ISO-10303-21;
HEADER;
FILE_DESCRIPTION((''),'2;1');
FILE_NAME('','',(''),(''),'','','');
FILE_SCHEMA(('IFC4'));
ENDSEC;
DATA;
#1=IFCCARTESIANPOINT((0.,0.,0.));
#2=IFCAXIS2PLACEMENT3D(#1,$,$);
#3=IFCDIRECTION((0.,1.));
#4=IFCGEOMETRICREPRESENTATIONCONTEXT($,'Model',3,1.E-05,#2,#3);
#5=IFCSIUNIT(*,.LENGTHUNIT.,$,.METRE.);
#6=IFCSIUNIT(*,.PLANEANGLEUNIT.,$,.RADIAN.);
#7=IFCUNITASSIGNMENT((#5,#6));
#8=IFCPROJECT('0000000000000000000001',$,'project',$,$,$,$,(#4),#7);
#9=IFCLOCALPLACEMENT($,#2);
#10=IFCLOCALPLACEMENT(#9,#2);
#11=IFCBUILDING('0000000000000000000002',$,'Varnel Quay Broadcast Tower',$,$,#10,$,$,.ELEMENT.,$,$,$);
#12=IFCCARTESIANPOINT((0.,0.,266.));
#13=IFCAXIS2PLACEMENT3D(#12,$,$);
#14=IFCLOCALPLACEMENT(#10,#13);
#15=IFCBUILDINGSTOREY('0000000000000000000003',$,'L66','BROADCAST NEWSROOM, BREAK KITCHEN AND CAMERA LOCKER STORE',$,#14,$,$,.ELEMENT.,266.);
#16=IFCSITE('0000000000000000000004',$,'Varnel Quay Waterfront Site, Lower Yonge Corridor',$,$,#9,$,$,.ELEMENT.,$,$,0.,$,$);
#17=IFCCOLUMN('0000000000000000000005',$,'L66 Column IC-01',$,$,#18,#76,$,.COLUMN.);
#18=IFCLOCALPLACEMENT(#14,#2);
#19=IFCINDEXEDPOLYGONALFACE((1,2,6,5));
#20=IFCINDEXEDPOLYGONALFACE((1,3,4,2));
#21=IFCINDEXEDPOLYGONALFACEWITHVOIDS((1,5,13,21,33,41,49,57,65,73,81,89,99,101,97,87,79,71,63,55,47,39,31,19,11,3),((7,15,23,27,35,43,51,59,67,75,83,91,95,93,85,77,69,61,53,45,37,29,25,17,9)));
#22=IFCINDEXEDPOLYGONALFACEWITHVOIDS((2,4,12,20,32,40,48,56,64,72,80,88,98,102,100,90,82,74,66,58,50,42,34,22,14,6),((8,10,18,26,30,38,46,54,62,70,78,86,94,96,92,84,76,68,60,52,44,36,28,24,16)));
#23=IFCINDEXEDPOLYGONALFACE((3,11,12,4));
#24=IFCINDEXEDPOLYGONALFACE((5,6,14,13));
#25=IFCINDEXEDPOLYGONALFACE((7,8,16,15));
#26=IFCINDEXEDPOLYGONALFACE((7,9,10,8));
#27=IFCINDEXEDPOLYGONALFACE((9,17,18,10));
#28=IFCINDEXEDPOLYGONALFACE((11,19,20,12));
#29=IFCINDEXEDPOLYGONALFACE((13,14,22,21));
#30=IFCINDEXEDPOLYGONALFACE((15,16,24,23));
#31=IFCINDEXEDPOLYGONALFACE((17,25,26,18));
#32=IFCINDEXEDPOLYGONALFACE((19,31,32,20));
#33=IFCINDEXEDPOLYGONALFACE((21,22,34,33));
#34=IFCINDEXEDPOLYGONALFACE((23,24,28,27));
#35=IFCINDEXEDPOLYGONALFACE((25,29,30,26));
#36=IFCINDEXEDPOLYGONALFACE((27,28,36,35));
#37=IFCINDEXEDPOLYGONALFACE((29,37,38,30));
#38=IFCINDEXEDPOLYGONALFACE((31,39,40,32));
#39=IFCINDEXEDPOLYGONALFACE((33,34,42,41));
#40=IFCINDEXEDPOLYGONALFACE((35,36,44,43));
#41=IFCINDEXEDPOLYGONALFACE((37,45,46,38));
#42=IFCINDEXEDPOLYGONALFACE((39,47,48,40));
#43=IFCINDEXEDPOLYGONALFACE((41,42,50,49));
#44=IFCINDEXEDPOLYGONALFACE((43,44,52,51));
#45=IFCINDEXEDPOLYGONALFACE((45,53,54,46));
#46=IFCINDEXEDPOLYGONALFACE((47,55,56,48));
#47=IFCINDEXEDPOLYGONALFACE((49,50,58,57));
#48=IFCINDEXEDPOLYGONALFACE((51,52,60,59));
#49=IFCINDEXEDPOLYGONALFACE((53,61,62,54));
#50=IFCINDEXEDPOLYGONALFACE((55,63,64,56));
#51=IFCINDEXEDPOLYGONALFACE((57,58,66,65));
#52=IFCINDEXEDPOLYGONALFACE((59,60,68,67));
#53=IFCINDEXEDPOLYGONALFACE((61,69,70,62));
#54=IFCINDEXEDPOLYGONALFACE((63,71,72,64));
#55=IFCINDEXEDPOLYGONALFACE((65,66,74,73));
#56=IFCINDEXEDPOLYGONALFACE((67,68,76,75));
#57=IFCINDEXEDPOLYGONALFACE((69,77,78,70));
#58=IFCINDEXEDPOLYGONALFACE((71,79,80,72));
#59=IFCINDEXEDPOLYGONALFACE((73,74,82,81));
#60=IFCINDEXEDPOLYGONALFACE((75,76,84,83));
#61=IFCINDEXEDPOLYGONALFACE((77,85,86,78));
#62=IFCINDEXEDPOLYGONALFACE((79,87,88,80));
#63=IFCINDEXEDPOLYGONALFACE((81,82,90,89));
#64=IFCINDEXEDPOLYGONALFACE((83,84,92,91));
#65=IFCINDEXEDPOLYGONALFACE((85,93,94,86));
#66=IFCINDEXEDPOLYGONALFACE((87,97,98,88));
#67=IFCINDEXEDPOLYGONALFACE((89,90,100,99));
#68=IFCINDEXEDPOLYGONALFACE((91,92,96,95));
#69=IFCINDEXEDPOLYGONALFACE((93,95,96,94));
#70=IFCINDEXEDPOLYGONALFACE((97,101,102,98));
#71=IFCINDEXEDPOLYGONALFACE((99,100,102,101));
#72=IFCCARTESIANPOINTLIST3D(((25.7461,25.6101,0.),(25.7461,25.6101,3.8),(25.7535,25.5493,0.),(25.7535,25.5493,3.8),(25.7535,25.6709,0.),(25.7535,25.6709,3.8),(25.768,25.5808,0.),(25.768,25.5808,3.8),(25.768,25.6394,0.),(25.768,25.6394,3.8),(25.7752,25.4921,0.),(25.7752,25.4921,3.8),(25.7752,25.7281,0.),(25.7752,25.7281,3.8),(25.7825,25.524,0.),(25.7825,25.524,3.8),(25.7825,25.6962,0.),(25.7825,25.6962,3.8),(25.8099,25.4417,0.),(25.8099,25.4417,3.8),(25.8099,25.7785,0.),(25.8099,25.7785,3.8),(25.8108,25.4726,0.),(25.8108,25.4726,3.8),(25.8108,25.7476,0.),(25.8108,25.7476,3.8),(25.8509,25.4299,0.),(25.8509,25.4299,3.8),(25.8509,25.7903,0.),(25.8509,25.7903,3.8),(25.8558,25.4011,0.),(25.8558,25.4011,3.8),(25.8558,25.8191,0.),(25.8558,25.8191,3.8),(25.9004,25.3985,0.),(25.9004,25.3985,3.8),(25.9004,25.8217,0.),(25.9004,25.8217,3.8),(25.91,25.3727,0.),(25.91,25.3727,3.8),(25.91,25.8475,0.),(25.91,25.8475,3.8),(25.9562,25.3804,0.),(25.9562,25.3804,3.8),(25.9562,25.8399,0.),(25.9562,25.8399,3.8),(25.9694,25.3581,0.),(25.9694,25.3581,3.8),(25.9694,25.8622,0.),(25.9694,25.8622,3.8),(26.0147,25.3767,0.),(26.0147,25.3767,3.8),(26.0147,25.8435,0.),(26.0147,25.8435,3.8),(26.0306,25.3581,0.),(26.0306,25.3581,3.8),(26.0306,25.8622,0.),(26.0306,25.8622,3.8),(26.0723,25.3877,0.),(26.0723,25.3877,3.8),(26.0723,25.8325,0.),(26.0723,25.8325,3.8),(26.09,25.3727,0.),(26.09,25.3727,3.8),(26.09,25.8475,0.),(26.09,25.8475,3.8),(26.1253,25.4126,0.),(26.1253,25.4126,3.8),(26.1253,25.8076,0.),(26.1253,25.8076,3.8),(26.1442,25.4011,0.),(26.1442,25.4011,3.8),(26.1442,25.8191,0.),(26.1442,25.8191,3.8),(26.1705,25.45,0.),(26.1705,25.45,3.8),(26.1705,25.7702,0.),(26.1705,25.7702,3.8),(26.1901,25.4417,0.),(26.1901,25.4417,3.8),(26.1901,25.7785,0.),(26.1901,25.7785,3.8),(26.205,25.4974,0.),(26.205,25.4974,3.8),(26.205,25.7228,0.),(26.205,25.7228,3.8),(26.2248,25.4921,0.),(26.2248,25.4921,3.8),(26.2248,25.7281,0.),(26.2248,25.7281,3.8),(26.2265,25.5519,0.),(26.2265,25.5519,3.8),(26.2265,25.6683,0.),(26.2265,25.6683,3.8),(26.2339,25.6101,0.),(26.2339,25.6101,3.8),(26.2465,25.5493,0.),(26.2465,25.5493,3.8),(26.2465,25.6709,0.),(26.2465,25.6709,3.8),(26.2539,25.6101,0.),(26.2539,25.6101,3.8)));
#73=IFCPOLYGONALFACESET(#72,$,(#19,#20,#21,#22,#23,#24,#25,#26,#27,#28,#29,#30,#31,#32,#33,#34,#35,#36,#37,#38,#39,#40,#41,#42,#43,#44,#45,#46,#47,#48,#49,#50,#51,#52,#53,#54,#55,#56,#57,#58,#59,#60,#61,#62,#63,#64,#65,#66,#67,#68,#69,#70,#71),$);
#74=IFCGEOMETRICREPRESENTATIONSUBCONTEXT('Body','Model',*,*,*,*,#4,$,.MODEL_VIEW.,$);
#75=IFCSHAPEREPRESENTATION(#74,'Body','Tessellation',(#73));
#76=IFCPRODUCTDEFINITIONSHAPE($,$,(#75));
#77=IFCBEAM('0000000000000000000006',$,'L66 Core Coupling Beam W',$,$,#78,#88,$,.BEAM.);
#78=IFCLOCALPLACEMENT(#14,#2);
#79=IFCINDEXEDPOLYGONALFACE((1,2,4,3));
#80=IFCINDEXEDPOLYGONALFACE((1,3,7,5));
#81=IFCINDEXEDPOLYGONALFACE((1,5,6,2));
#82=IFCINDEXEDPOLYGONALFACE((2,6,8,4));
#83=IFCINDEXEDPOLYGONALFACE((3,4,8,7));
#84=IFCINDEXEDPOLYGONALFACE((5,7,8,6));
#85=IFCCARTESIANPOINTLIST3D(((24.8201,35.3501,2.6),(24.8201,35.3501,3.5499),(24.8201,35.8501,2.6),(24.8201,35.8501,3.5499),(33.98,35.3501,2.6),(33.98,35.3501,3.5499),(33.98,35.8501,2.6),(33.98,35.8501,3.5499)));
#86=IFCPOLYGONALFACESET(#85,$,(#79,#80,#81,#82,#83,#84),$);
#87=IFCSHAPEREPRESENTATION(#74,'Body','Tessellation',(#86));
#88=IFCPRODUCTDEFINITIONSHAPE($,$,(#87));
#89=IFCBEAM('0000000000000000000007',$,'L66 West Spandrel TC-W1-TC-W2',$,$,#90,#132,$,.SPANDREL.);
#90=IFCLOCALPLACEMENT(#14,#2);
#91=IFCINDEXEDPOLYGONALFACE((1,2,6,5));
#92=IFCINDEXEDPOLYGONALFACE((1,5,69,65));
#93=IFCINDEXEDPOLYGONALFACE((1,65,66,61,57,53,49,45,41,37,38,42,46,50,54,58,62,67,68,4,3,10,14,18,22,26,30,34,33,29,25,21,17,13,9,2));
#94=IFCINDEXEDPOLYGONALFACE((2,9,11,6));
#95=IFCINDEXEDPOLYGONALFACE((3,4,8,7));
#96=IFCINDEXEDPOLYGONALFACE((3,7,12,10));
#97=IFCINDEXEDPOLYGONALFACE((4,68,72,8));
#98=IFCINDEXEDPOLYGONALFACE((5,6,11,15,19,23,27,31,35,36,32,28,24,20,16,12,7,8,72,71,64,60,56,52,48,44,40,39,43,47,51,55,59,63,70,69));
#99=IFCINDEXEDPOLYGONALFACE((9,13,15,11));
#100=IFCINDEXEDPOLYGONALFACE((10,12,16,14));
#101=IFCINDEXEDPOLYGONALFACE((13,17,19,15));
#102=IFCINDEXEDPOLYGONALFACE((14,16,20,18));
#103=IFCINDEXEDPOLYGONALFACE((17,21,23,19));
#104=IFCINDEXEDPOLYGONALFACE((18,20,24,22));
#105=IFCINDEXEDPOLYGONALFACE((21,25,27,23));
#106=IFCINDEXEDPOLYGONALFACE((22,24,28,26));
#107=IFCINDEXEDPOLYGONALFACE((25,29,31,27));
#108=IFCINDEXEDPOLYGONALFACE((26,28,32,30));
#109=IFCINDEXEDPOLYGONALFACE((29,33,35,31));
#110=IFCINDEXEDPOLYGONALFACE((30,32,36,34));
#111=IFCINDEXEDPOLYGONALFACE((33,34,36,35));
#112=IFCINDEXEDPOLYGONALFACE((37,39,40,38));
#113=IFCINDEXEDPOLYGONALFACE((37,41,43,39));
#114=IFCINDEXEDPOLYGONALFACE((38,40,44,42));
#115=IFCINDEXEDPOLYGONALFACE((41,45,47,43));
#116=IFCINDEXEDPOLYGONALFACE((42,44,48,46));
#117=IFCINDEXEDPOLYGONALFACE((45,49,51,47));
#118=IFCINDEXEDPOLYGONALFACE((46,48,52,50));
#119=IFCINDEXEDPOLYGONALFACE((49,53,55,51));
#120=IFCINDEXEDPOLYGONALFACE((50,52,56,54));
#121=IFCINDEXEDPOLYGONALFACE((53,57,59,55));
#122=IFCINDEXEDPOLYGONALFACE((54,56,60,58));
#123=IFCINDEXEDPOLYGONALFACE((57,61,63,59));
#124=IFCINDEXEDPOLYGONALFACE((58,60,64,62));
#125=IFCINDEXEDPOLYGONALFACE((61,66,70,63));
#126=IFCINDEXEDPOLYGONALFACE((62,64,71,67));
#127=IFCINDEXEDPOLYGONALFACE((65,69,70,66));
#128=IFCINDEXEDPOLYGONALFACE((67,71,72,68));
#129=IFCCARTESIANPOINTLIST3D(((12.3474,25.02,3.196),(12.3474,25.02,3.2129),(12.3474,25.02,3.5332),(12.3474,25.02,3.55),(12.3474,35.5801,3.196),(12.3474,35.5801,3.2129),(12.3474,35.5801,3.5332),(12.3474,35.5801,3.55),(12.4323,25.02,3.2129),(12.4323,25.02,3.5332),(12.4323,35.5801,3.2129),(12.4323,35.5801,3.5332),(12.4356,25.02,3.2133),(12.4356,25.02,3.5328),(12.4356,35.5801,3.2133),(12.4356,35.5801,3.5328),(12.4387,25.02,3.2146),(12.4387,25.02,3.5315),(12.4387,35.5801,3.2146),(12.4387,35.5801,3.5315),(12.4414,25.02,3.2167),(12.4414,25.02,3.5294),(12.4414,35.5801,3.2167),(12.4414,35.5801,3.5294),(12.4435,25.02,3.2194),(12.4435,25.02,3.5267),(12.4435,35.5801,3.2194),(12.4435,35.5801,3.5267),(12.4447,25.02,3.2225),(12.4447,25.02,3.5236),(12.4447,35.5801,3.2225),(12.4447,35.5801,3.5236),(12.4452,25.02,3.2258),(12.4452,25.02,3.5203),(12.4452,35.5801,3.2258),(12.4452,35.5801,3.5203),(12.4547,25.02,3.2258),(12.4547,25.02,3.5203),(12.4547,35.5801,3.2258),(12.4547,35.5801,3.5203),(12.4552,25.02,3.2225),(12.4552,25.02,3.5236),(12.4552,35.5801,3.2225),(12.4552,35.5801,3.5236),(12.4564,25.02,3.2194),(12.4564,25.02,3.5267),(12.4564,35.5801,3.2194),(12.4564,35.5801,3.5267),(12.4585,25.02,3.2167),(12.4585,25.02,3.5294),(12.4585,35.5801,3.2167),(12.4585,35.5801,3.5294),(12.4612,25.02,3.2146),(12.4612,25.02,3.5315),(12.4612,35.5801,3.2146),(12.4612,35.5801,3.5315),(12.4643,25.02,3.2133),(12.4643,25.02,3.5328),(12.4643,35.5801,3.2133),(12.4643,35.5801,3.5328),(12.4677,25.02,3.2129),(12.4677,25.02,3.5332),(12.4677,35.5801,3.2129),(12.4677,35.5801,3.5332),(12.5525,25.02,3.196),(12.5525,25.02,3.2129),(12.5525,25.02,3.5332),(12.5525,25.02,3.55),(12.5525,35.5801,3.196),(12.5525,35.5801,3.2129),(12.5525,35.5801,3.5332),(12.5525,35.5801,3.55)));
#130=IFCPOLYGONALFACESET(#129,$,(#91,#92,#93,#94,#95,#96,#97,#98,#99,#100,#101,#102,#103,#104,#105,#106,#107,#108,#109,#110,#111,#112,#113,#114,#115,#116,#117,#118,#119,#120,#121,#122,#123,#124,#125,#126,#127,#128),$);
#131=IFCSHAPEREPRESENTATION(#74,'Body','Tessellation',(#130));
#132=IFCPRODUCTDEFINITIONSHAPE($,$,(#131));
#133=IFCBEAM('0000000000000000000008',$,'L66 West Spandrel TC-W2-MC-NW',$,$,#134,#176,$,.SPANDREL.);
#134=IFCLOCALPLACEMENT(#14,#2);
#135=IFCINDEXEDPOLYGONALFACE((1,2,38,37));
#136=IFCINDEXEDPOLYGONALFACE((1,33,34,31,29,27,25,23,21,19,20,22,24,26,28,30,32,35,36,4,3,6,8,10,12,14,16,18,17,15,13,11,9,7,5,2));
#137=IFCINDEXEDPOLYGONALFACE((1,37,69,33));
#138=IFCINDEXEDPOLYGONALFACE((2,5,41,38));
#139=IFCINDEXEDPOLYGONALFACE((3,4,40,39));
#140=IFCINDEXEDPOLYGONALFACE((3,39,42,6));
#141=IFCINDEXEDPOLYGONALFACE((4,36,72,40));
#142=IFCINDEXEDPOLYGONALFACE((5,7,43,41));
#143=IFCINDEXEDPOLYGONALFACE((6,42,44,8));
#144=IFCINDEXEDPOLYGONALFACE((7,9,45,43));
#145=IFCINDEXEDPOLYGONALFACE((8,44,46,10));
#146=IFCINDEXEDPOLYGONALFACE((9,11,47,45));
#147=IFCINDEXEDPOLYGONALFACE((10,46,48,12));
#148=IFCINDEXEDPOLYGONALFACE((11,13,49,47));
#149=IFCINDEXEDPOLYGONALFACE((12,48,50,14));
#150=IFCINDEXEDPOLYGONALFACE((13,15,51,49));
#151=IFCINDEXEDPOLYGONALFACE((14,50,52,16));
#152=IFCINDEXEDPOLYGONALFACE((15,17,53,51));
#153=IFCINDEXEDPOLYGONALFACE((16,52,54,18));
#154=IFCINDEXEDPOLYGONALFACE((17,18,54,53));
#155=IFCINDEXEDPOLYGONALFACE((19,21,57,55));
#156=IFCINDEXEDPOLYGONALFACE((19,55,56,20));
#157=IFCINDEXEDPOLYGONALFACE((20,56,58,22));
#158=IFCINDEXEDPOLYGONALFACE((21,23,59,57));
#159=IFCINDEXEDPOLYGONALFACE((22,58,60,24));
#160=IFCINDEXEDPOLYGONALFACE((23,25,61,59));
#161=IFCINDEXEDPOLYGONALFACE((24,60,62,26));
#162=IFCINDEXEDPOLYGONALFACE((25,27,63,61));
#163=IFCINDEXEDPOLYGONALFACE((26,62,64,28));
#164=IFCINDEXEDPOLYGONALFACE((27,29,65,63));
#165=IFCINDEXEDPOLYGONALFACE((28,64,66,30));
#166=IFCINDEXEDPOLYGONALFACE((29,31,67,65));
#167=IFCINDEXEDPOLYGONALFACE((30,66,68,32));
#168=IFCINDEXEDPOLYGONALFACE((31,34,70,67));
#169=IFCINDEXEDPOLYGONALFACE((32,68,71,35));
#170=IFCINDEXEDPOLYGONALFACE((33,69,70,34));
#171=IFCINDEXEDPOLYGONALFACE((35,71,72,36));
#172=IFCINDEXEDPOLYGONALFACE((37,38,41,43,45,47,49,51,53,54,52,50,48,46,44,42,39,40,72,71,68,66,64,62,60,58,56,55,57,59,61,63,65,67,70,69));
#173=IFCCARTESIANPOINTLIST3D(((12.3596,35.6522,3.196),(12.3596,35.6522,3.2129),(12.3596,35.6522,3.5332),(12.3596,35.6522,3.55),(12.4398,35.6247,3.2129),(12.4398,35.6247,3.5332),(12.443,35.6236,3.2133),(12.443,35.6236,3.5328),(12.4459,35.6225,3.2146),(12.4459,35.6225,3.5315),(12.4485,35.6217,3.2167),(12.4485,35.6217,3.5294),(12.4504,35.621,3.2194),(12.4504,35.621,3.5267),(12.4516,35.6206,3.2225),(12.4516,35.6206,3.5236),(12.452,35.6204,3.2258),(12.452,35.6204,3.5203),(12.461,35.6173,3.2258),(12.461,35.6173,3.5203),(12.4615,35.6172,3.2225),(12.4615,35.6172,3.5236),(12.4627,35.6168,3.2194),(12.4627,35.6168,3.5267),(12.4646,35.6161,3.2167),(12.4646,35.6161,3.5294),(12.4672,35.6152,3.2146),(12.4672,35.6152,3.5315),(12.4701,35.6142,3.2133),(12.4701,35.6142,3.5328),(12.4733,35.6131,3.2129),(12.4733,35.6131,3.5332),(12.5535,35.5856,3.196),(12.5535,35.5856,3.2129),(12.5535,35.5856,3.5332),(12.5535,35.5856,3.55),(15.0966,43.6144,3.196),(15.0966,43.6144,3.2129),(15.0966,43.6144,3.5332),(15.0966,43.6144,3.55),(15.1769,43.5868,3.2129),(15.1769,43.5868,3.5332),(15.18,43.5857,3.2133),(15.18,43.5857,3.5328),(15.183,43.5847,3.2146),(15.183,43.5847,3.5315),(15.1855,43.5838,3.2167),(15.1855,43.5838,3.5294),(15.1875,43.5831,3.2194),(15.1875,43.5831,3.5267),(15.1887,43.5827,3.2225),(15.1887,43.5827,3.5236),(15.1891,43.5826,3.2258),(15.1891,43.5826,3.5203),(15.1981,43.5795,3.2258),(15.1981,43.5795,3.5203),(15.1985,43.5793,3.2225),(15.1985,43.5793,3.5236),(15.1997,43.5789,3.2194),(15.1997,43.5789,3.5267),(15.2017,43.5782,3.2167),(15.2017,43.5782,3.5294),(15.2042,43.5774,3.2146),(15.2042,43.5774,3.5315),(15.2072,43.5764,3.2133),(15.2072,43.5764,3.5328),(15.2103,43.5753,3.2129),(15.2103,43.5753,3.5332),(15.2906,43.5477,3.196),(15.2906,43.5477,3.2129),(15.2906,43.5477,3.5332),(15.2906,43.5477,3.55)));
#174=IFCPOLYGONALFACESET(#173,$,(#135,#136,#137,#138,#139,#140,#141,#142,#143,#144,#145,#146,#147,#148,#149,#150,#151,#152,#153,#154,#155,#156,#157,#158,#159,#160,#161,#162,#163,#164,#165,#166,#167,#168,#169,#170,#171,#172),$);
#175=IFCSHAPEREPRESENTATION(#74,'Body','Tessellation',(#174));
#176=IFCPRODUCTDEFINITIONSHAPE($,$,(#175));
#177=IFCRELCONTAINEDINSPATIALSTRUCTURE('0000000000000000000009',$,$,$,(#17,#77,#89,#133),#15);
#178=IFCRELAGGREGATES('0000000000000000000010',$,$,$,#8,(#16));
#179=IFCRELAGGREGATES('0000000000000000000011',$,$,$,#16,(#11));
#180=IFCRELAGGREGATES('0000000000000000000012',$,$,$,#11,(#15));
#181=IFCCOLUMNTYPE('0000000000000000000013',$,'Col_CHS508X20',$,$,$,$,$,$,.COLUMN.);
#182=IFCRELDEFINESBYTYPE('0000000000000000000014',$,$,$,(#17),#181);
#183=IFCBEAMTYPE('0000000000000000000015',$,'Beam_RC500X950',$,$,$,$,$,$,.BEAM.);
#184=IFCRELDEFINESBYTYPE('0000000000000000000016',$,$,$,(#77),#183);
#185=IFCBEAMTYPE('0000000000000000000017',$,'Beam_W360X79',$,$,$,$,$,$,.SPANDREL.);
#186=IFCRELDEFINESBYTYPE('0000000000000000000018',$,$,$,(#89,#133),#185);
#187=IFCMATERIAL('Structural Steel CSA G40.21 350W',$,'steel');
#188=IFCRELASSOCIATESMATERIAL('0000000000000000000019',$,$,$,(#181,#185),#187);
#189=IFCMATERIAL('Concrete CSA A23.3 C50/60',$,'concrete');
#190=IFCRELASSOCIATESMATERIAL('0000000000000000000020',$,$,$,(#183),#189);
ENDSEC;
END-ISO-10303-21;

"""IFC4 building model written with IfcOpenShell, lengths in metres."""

from ifc_helpers import new_model, si_unit, direction, frame, origin, origin_2d, place, context, subcontext, project, spatial, rectangle, hollow_circle, i_section, extrude, source, transform, mapped, material, material_profile, profile_set, type_object, type_shapes, element, save


model = new_model("IFC4")

# Units and contexts
model_context = context("Model", 3, precision=1e-05, world=origin(), true_north=direction((0.0, 1.0)))
body_context = subcontext(model_context, "Body", "Model", "MODEL_VIEW")
ifc_project = project(units=[si_unit("LENGTHUNIT", "METRE"), si_unit("PLANEANGLEUNIT", "RADIAN")], contexts=[model_context])

# Site, building, storey
site_placement = place(None, origin())
site = spatial("IfcSite", under=ifc_project, at=site_placement, Name="Varnel Quay Waterfront Site, Lower Yonge Corridor", CompositionType="ELEMENT", RefElevation=0.0)
building_placement = place(site_placement, origin())
building = spatial("IfcBuilding", under=site, at=building_placement, Name="Varnel Quay Broadcast Tower", CompositionType="ELEMENT")
storey_placement = place(building_placement, frame((0.0, 0.0, 266.0)))
storey = spatial("IfcBuildingStorey", under=building, at=storey_placement, Name="L66", Description="BROADCAST NEWSROOM, BREAK KITCHEN AND CAMERA LOCKER STORE", CompositionType="ELEMENT", Elevation=266.0)

# Column
ifc_material_1 = material(Name="Structural Steel CSA G40.21 350W", Category="steel")
ifc_material_profile_1 = material_profile(ifc_material_1, hollow_circle(Radius=0.2539, WallThickness=0.02, at=origin_2d()), Name="CHS508X20")
ifc_profile_set_1 = profile_set([ifc_material_profile_1], Name="Structural Steel CSA G40.21 350W")
column_type_1 = type_object("IfcColumnType", Name="Col_CHS508X20", PredefinedType="COLUMN", material=ifc_profile_set_1)
shared_shape_1 = source(origin(), body_context, "Body", "SweptSolid", [
    extrude(hollow_circle(Radius=0.2539, WallThickness=0.02, at=origin_2d()), origin(), (0.0, 0.0, 1.0), 3.8),
])
type_shapes(column_type_1, [shared_shape_1])
column_placement = place(storey_placement, frame((26.0, 25.6101, 0.0), z_axis=(0.0, 0.0, 1.0), x_axis=(1.0, 0.0, 0.0)))
element("IfcColumn", 1, at=column_placement, inside=storey, type_object=column_type_1, Name="L66 Column IC-01", PredefinedType="COLUMN", context=body_context, shape_type="MappedRepresentation", body=[
    mapped(shared_shape_1, transform((0.0, 0.0, 0.0), x_axis=(1.0, 0.0, 0.0), y_axis=(0.0, 1.0, 0.0), z_axis=(0.0, 0.0, 1.0), scale=1.0)),
])

# Beams
ifc_material_2 = material(Name="Concrete CSA A23.3 C50/60", Category="concrete")
ifc_material_profile_2 = material_profile(ifc_material_2, rectangle(XDim=0.5, YDim=0.95, at=origin_2d()), Name="RC500X950")
ifc_profile_set_2 = profile_set([ifc_material_profile_2], Name="Concrete CSA A23.3 C50/60")
beam_type_1 = type_object("IfcBeamType", Name="Beam_RC500X950", PredefinedType="BEAM", material=ifc_profile_set_2)
shared_shape_2 = source(origin(), body_context, "Body", "SweptSolid", [
    extrude(rectangle(XDim=0.5, YDim=0.95, at=origin_2d()), origin(), (0.0, 0.0, 1.0), 9.1599),
])
type_shapes(beam_type_1, [shared_shape_2])
beam_1_placement = place(storey_placement, frame((24.8201, 35.6001, 3.075), z_axis=(1.0, 0.0, 0.0), x_axis=(0.0, 1.0, 0.0)))
element("IfcBeam", 2, at=beam_1_placement, inside=storey, type_object=beam_type_1, Name="L66 Core Coupling Beam W", PredefinedType="BEAM", context=body_context, shape_type="MappedRepresentation", body=[
    mapped(shared_shape_2, transform((0.0, 0.0, 0.0), x_axis=(1.0, 0.0, 0.0), y_axis=(0.0, 1.0, 0.0), z_axis=(0.0, 0.0, 1.0), scale=1.0)),
])
ifc_material_profile_3 = material_profile(ifc_material_1, i_section(OverallWidth=0.2051, OverallDepth=0.354, WebThickness=0.0095, FlangeThickness=0.0168, FilletRadius=0.0129, at=origin_2d()), Name="W360X79")
ifc_profile_set_3 = profile_set([ifc_material_profile_3], Name="Structural Steel CSA G40.21 350W")
beam_type_2 = type_object("IfcBeamType", Name="Beam_W360X79", PredefinedType="SPANDREL", material=ifc_profile_set_3)
shared_shape_3 = source(origin(), body_context, "Body", "SweptSolid", [
    extrude(i_section(OverallWidth=0.2051, OverallDepth=0.354, WebThickness=0.0095, FlangeThickness=0.0168, FilletRadius=0.0129, at=origin_2d()), origin(), (0.0, 0.0, 1.0), 10.5601),
])
beam_2_placement = place(storey_placement, frame((12.45, 25.02, 3.373), z_axis=(0.0, 1.0, 0.0), x_axis=(-1.0, 0.0, 0.0)))
element("IfcBeam", 3, at=beam_2_placement, inside=storey, type_object=beam_type_2, Name="L66 West Spandrel TC-W1-TC-W2", PredefinedType="SPANDREL", context=body_context, shape_type="MappedRepresentation", body=[
    mapped(shared_shape_3, transform((0.0, 0.0, 0.0), x_axis=(1.0, 0.0, 0.0), y_axis=(0.0, 1.0, 0.0), z_axis=(0.0, 0.0, 1.0), scale=1.0)),
])
shared_shape_4 = source(origin(), body_context, "Body", "SweptSolid", [
    extrude(i_section(OverallWidth=0.2051, OverallDepth=0.354, WebThickness=0.0095, FlangeThickness=0.0168, FilletRadius=0.0129, at=origin_2d()), origin(), (0.0, 0.0, 1.0), 8.4194),
])
type_shapes(beam_type_2, [shared_shape_3, shared_shape_4])
beam_3_placement = place(storey_placement, frame((12.4565, 35.6189, 3.373), z_axis=(0.325087, 0.945684, 0.0), x_axis=(-0.945684, 0.325087, 0.0)))
element("IfcBeam", 4, at=beam_3_placement, inside=storey, type_object=beam_type_2, Name="L66 West Spandrel TC-W2-MC-NW", PredefinedType="SPANDREL", context=body_context, shape_type="MappedRepresentation", body=[
    mapped(shared_shape_4, transform((0.0, 0.0, 0.0), x_axis=(1.0, 0.0, 0.0), y_axis=(0.0, 1.0, 0.0), z_axis=(0.0, 0.0, 1.0), scale=1.0)),
])

save(model, "model.ifc")
